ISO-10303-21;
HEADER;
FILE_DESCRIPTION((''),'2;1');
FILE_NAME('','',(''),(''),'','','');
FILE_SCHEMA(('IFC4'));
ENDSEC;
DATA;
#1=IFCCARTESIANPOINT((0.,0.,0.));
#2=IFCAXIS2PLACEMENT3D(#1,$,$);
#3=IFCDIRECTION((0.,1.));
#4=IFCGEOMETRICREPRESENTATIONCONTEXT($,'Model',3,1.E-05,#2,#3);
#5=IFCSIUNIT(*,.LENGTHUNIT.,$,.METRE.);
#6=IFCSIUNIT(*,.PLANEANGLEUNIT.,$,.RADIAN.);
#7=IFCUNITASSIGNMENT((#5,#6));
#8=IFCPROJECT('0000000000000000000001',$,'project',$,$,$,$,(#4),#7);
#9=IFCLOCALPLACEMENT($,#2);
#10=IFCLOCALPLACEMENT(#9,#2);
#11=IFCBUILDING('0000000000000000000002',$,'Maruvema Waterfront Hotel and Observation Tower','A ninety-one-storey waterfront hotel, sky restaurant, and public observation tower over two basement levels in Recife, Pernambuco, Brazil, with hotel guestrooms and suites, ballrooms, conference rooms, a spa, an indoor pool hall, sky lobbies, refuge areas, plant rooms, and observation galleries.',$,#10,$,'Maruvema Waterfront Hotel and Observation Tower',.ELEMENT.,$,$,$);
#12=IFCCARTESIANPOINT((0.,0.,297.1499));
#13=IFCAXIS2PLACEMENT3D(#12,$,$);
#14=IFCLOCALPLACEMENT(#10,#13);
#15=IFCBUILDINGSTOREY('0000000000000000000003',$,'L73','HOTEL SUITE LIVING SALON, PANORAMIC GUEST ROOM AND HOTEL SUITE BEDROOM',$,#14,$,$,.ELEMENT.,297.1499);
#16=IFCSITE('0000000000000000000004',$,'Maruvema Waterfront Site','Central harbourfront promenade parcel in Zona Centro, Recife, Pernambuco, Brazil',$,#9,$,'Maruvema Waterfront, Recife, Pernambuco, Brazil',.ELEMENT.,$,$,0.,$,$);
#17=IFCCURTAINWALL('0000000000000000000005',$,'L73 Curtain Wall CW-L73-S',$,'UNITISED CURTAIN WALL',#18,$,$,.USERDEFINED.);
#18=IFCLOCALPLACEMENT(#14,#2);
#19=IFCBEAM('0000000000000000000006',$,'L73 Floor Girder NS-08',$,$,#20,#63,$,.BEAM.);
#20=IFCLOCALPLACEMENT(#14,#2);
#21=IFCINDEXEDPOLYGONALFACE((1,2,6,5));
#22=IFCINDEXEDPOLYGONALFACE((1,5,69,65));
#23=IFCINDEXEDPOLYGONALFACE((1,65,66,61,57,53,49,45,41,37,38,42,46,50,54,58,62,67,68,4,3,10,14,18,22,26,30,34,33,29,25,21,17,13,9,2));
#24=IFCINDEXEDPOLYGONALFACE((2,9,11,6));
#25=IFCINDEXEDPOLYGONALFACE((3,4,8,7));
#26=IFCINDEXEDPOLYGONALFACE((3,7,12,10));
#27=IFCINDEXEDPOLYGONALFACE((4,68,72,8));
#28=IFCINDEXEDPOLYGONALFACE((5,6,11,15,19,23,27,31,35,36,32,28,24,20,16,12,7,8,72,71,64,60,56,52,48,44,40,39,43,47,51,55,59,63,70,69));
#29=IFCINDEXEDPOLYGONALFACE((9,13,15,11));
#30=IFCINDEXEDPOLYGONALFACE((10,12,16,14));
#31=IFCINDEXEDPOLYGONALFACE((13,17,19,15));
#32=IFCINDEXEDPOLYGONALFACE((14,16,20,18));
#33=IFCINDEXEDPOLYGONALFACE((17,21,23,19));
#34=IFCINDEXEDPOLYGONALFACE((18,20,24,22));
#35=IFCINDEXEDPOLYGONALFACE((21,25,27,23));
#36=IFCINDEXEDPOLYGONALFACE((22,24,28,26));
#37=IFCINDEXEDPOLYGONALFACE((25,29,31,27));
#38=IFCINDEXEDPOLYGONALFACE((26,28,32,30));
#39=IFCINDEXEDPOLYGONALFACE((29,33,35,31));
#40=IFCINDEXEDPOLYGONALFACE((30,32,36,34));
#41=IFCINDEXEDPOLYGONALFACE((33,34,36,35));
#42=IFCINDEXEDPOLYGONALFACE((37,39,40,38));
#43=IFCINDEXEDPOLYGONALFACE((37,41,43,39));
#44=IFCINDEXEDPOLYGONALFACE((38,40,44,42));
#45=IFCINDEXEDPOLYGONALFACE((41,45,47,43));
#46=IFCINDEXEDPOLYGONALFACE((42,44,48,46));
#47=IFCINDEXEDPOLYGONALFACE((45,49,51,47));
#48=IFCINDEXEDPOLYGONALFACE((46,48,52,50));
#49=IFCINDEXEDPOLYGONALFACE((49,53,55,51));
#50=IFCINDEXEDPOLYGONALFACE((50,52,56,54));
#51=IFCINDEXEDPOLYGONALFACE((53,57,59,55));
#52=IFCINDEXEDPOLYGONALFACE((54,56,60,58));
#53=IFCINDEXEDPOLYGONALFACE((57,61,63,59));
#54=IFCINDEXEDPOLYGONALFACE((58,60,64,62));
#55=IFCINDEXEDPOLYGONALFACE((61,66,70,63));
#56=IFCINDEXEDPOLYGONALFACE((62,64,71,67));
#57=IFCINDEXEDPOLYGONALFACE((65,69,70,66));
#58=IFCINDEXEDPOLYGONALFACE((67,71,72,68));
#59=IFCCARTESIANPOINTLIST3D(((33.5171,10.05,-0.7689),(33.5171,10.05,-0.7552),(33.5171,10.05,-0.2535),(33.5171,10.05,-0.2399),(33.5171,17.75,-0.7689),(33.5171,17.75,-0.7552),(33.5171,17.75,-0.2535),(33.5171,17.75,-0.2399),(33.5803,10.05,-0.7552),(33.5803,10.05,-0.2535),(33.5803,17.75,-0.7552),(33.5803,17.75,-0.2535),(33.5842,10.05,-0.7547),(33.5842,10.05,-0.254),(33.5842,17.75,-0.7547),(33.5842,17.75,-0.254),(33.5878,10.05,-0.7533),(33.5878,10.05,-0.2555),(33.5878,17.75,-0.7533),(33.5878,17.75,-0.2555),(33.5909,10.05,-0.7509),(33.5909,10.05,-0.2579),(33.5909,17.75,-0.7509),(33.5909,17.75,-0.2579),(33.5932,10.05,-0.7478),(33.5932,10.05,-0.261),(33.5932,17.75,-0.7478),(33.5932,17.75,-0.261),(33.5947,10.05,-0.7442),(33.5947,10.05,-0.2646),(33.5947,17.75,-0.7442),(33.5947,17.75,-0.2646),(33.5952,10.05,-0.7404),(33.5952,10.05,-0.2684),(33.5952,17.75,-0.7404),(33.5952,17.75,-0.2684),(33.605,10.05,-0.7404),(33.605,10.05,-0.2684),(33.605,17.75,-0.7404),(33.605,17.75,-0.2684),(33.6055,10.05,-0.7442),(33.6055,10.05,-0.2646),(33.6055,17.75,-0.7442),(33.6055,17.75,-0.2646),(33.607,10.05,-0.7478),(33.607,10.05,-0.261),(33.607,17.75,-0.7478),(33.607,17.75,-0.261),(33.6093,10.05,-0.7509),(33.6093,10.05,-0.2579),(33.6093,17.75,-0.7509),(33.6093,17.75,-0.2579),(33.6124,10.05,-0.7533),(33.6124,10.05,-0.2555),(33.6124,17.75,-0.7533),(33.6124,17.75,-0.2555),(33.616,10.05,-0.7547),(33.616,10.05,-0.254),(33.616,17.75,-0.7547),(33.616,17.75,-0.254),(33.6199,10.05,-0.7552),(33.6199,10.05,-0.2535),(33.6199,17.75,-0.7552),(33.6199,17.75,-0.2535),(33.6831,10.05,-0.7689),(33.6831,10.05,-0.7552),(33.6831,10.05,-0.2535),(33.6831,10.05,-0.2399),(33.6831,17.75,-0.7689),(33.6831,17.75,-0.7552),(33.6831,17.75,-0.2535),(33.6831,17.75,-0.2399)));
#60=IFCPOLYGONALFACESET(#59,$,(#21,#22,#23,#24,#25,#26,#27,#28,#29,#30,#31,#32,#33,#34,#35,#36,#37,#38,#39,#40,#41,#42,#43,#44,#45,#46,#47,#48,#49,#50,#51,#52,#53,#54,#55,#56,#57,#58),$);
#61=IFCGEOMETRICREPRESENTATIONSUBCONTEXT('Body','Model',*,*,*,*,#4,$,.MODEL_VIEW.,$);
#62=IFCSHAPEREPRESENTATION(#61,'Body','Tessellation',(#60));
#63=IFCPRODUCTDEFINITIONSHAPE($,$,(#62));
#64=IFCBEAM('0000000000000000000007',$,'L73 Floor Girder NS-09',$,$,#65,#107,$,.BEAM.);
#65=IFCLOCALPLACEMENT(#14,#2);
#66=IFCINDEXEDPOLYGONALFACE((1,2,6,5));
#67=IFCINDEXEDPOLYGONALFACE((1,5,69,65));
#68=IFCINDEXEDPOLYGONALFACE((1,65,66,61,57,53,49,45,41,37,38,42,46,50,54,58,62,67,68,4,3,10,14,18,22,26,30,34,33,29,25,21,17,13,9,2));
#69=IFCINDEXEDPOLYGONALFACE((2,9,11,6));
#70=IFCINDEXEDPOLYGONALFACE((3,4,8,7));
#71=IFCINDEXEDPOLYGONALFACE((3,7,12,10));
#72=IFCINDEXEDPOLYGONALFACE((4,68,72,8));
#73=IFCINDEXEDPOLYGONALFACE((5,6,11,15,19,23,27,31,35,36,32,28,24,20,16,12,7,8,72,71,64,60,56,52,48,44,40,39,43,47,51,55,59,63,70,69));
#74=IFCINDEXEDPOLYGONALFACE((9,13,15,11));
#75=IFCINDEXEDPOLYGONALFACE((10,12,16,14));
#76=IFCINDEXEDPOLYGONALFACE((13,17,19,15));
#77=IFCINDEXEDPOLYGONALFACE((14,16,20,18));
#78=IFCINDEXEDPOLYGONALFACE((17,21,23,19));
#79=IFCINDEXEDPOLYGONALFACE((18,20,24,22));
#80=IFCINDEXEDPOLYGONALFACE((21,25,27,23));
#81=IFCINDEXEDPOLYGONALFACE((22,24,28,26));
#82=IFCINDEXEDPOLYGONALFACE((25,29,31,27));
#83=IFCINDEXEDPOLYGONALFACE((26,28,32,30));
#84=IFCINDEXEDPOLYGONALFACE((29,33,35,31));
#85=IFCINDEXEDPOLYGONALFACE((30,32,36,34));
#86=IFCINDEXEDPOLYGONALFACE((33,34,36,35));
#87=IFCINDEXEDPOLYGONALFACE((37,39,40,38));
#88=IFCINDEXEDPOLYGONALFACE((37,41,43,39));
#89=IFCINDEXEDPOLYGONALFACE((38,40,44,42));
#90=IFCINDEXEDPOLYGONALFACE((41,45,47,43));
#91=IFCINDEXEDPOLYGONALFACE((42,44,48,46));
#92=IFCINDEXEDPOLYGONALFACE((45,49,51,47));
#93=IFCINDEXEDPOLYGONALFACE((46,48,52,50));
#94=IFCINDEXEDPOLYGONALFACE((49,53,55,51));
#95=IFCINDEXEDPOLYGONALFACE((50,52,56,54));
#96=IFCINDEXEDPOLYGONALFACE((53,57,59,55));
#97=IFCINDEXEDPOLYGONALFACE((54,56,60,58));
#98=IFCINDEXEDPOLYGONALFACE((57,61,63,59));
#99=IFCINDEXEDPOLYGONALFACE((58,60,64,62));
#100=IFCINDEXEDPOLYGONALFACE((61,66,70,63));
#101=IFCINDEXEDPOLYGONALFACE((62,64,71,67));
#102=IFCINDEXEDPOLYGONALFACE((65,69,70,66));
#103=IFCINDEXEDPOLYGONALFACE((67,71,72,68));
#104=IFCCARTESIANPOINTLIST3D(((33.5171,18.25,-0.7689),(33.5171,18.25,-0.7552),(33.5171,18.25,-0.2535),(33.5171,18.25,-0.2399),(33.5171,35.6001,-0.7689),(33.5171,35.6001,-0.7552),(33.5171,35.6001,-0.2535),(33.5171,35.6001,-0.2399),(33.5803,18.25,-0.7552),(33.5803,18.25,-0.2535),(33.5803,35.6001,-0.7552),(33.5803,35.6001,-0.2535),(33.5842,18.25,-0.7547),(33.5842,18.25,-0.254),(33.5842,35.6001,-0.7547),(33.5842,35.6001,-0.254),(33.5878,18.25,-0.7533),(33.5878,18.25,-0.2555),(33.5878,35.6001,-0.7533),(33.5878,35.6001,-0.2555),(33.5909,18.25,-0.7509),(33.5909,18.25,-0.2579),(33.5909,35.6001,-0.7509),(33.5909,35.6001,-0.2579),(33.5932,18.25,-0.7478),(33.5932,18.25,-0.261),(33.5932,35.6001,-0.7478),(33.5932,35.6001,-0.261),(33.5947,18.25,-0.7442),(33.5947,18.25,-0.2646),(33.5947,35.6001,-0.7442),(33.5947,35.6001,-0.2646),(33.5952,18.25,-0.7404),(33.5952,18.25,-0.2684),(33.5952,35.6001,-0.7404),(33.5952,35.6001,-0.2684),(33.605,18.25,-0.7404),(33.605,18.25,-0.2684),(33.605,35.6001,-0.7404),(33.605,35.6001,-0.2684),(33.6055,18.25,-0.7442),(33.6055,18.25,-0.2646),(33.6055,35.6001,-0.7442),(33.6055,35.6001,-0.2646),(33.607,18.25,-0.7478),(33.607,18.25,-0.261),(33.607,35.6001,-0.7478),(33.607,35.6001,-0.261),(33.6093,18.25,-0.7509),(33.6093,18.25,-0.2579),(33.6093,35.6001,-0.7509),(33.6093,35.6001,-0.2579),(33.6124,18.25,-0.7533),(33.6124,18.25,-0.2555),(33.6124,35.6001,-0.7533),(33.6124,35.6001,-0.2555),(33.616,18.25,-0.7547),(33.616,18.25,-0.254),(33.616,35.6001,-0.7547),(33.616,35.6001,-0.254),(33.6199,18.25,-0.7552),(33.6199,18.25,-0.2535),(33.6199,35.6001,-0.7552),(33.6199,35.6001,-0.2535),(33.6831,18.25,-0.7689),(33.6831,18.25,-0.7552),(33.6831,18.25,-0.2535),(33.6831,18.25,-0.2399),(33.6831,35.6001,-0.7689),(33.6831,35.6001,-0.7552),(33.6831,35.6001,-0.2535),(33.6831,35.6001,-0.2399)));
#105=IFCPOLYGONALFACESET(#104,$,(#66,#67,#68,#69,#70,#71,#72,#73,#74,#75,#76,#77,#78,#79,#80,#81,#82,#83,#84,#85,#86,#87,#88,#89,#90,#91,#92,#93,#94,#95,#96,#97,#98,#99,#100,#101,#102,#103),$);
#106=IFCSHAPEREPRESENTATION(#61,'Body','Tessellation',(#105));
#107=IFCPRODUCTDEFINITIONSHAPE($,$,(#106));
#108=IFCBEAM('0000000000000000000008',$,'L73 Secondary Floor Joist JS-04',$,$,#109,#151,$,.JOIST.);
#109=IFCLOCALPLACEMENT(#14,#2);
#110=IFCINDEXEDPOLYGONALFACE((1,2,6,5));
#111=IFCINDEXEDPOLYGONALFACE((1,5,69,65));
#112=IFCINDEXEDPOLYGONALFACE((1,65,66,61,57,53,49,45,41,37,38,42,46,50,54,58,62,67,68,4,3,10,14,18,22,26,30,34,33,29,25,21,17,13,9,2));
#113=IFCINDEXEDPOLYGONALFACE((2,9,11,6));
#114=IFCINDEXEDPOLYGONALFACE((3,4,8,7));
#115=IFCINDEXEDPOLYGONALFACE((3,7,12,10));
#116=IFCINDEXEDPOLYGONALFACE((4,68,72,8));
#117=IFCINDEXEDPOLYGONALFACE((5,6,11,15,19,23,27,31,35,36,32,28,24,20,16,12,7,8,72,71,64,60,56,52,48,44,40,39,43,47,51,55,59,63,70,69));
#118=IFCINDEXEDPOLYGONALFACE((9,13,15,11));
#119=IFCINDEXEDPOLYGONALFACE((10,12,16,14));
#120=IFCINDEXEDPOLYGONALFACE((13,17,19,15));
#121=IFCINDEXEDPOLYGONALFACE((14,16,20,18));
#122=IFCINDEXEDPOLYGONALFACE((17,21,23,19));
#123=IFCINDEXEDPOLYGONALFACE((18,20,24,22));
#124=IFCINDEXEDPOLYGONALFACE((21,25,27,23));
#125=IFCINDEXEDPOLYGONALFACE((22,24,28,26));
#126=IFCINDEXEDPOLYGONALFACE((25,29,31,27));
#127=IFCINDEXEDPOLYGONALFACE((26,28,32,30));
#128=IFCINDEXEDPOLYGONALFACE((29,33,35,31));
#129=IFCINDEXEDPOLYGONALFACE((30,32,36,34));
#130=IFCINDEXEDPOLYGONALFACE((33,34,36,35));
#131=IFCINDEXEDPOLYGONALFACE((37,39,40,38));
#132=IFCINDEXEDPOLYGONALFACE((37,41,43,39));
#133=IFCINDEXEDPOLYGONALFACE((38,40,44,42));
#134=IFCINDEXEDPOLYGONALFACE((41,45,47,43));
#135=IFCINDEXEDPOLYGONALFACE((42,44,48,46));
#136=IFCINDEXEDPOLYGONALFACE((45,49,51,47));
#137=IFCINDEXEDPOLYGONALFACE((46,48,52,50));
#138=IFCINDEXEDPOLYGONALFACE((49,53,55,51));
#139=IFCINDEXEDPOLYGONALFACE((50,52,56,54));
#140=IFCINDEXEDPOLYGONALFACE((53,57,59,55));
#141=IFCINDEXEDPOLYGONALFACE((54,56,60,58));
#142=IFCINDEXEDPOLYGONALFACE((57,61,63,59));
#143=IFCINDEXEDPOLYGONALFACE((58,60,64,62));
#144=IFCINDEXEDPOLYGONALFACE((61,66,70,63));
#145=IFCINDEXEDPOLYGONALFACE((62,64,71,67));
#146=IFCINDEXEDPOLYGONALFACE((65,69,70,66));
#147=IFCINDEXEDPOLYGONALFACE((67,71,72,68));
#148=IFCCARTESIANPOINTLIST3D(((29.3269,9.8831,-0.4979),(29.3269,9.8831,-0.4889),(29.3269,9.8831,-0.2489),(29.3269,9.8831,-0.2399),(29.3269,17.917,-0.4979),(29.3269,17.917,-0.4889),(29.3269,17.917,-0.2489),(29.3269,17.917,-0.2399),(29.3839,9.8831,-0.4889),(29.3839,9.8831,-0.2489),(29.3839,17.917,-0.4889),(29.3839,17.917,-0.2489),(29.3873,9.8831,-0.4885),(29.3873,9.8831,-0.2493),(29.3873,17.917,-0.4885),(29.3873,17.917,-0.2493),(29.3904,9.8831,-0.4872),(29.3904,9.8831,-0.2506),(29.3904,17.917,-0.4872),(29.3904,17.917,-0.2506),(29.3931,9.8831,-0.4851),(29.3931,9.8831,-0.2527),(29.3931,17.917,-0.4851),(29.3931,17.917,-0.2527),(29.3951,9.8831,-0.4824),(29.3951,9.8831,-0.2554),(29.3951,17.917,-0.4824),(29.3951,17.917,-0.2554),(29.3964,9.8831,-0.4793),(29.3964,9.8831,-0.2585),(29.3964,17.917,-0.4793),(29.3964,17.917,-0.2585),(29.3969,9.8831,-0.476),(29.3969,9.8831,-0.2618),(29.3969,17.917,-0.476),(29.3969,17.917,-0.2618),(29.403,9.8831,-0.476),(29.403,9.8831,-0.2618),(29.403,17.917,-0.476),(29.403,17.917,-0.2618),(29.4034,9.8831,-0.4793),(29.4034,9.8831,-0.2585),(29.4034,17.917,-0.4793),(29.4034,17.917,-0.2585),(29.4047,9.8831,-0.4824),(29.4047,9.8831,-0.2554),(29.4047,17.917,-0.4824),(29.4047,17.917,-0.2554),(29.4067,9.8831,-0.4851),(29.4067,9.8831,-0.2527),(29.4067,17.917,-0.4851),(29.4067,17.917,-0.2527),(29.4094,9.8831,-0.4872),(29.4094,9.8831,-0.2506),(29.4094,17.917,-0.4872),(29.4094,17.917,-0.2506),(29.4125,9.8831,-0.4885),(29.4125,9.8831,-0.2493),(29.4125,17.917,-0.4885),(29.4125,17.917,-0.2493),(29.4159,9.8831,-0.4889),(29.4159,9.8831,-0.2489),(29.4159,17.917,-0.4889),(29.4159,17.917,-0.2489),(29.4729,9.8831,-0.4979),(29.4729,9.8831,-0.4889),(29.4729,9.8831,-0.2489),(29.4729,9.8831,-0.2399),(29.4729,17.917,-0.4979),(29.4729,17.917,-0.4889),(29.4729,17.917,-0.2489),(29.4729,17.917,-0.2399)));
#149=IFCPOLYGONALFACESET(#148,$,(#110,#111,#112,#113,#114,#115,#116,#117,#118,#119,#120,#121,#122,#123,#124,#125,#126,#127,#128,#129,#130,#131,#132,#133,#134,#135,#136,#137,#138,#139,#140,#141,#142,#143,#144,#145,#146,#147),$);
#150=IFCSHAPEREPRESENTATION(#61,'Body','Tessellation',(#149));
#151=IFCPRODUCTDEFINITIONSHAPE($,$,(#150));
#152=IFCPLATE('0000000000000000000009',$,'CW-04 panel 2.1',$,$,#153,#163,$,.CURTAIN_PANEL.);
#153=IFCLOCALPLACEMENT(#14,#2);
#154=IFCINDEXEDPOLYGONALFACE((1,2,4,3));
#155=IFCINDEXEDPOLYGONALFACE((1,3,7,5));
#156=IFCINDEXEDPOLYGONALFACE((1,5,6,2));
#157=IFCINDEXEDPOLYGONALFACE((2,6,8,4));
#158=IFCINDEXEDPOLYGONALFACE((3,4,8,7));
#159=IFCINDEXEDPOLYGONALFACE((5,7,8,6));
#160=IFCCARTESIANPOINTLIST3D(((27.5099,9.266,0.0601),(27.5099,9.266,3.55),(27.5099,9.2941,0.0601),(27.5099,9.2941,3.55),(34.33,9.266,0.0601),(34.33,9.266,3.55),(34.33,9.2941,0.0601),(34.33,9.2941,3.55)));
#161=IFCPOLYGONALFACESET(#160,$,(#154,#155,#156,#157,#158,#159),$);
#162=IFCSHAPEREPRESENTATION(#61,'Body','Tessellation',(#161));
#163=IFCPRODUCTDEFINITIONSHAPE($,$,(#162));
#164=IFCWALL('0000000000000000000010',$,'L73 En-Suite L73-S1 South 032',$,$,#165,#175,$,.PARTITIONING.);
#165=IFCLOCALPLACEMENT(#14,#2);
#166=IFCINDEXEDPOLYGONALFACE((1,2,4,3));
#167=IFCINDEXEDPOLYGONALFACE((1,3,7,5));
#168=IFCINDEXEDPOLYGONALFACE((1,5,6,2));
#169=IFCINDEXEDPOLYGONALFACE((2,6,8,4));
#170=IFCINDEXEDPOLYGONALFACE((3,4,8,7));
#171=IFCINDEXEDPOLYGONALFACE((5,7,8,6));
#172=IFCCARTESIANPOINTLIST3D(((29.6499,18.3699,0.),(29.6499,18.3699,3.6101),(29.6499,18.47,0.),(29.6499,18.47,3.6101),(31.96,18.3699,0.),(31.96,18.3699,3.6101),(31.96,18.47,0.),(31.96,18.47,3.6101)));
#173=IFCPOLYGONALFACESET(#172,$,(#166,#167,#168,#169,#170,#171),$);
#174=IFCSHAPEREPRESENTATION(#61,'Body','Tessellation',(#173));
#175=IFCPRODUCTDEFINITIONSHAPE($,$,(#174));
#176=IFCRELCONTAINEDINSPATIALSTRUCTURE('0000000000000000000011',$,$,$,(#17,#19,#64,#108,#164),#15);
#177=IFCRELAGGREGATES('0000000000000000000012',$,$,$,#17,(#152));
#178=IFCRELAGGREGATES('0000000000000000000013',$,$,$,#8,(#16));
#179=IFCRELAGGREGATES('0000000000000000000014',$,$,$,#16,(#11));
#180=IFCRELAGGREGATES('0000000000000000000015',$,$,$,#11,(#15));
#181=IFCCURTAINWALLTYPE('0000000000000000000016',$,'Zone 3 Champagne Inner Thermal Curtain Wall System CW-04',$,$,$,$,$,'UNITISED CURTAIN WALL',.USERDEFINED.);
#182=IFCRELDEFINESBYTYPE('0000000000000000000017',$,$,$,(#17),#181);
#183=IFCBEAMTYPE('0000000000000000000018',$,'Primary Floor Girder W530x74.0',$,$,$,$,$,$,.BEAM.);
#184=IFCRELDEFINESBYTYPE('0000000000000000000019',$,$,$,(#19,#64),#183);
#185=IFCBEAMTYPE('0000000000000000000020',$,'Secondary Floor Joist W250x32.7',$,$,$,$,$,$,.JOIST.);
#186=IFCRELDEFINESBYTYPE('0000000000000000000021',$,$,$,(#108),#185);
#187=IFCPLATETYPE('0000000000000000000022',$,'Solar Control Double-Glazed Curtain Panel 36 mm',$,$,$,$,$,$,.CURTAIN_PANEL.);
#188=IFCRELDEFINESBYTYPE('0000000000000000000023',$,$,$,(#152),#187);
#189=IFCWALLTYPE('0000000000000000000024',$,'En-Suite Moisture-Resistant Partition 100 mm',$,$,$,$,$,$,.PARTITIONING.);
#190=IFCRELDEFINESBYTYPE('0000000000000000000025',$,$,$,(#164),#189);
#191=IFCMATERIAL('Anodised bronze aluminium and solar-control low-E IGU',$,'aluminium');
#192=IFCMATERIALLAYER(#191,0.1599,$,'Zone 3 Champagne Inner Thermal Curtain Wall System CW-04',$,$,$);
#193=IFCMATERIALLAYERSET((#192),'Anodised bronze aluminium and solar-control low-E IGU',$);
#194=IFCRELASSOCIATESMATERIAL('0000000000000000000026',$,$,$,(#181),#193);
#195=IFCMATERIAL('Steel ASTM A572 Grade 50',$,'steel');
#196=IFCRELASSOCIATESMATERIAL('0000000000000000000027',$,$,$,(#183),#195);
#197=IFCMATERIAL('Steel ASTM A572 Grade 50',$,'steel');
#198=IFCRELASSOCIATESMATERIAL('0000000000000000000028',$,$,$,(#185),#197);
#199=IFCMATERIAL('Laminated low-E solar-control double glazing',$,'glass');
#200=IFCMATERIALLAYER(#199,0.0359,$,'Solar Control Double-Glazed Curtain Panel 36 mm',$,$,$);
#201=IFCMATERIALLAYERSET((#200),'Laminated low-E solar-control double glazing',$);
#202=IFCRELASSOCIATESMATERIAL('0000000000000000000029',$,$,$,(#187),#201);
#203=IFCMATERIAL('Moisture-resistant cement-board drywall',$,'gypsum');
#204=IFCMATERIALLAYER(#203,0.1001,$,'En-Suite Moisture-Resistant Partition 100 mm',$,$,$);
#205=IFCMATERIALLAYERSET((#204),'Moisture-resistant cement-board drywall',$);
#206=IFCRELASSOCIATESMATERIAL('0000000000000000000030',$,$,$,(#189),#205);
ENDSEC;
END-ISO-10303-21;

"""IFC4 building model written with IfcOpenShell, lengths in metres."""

from ifc_helpers import new_model, si_unit, direction, frame, frame_2d, origin, origin_2d, place, context, subcontext, project, spatial, rectangle, i_section, extrude, material, layer, layer_set, material_profile, profile_set, type_object, element, aggregate, save


model = new_model("IFC4")

# Units and contexts
model_context = context("Model", 3, precision=1e-05, world=origin(), true_north=direction((0.0, 1.0)))
body_context = subcontext(model_context, "Body", "Model", "MODEL_VIEW")
ifc_project = project(units=[si_unit("LENGTHUNIT", "METRE"), si_unit("PLANEANGLEUNIT", "RADIAN")], contexts=[model_context])

# Site, building, storey
site_placement = place(None, origin())
site = spatial("IfcSite", under=ifc_project, at=site_placement, Name="Maruvema Waterfront Site", Description="Central harbourfront promenade parcel in Zona Centro, Recife, Pernambuco, Brazil", LongName="Maruvema Waterfront, Recife, Pernambuco, Brazil", CompositionType="ELEMENT", RefElevation=0.0)
building_placement = place(site_placement, origin())
building = spatial("IfcBuilding", under=site, at=building_placement, Name="Maruvema Waterfront Hotel and Observation Tower", Description="A ninety-one-storey waterfront hotel, sky restaurant, and public observation tower over two basement levels in Recife, Pernambuco, Brazil, with hotel guestrooms and suites, ballrooms, conference rooms, a spa, an indoor pool hall, sky lobbies, refuge areas, plant rooms, and observation galleries.", LongName="Maruvema Waterfront Hotel and Observation Tower", CompositionType="ELEMENT")
storey_placement = place(building_placement, frame((0.0, 0.0, 297.1499)))
storey = spatial("IfcBuildingStorey", under=building, at=storey_placement, Name="L73", Description="HOTEL SUITE LIVING SALON, PANORAMIC GUEST ROOM AND HOTEL SUITE BEDROOM", CompositionType="ELEMENT", Elevation=297.1499)

# Curtain wall
ifc_material_1 = material(Name="Anodised bronze aluminium and solar-control low-E IGU", Category="aluminium")
ifc_layer_1 = layer(ifc_material_1, 0.1599, Name="Zone 3 Champagne Inner Thermal Curtain Wall System CW-04")
ifc_layer_set_1 = layer_set([ifc_layer_1], Name="Anodised bronze aluminium and solar-control low-E IGU")
curtain_wall_type = type_object("IfcCurtainWallType", Name="Zone 3 Champagne Inner Thermal Curtain Wall System CW-04", ElementType="UNITISED CURTAIN WALL", PredefinedType="USERDEFINED", material=ifc_layer_set_1)
curtain_wall_placement = place(storey_placement, origin())
curtain_wall = element("IfcCurtainWall", 1, at=curtain_wall_placement, inside=storey, type_object=curtain_wall_type, Name="L73 Curtain Wall CW-L73-S", ObjectType="UNITISED CURTAIN WALL", PredefinedType="USERDEFINED")

# Beams
ifc_material_2 = material(Name="Steel ASTM A572 Grade 50", Category="steel")
ifc_material_profile_1 = material_profile(ifc_material_2, i_section(OverallWidth=0.166, OverallDepth=0.5291, WebThickness=0.0098, FlangeThickness=0.0137, FilletRadius=0.0149, at=origin_2d()), Name="W530x74.0")
ifc_profile_set_1 = profile_set([ifc_material_profile_1], Name="Steel ASTM A572 Grade 50")
beam_type_1 = type_object("IfcBeamType", Name="Primary Floor Girder W530x74.0", PredefinedType="BEAM", material=ifc_profile_set_1)
beam_1_placement = place(storey_placement, frame((33.6001, 10.05, -0.5044), z_axis=(0.0, 1.0, 0.0), x_axis=(-1.0, 0.0, 0.0)))
element("IfcBeam", 2, at=beam_1_placement, inside=storey, type_object=beam_type_1, Name="L73 Floor Girder NS-08", PredefinedType="BEAM", context=body_context, shape_type="SweptSolid", body=[
    extrude(i_section(OverallWidth=0.166, OverallDepth=0.5291, WebThickness=0.0098, FlangeThickness=0.0137, FilletRadius=0.0149, at=origin_2d()), origin(), (0.0, 0.0, 1.0), 7.7),
])
beam_2_placement = place(storey_placement, frame((33.6001, 18.25, -0.5044), z_axis=(0.0, 1.0, 0.0), x_axis=(-1.0, 0.0, 0.0)))
element("IfcBeam", 3, at=beam_2_placement, inside=storey, type_object=beam_type_1, Name="L73 Floor Girder NS-09", PredefinedType="BEAM", context=body_context, shape_type="SweptSolid", body=[
    extrude(i_section(OverallWidth=0.166, OverallDepth=0.5291, WebThickness=0.0098, FlangeThickness=0.0137, FilletRadius=0.0149, at=origin_2d()), origin(), (0.0, 0.0, 1.0), 17.3501),
])
ifc_material_3 = material(Name="Steel ASTM A572 Grade 50", Category="steel")
ifc_material_profile_2 = material_profile(ifc_material_3, i_section(OverallWidth=0.146, OverallDepth=0.2581, WebThickness=0.0061, FlangeThickness=0.009, FilletRadius=0.0129, at=origin_2d()), Name="W250x32.7")
ifc_profile_set_2 = profile_set([ifc_material_profile_2], Name="Steel ASTM A572 Grade 50")
beam_type_2 = type_object("IfcBeamType", Name="Secondary Floor Joist W250x32.7", PredefinedType="JOIST", material=ifc_profile_set_2)
beam_3_placement = place(storey_placement, frame((29.3999, 9.8831, -0.3689), z_axis=(0.0, 1.0, 0.0), x_axis=(-1.0, 0.0, 0.0)))
element("IfcBeam", 4, at=beam_3_placement, inside=storey, type_object=beam_type_2, Name="L73 Secondary Floor Joist JS-04", PredefinedType="JOIST", context=body_context, shape_type="SweptSolid", body=[
    extrude(i_section(OverallWidth=0.146, OverallDepth=0.2581, WebThickness=0.0061, FlangeThickness=0.009, FilletRadius=0.0129, at=origin_2d()), origin(), (0.0, 0.0, 1.0), 8.0339),
])

# Plate
ifc_material_4 = material(Name="Laminated low-E solar-control double glazing", Category="glass")
ifc_layer_2 = layer(ifc_material_4, 0.0359, Name="Solar Control Double-Glazed Curtain Panel 36 mm")
ifc_layer_set_2 = layer_set([ifc_layer_2], Name="Laminated low-E solar-control double glazing")
plate_type = type_object("IfcPlateType", Name="Solar Control Double-Glazed Curtain Panel 36 mm", PredefinedType="CURTAIN_PANEL", material=ifc_layer_set_2)
plate_placement = place(storey_placement, frame((30.9199, 9.28, 0.0601), z_axis=(0.0, 0.0, 1.0), x_axis=(1.0, 0.0, 0.0)))
plate = element("IfcPlate", 5, at=plate_placement, type_object=plate_type, Name="CW-04 panel 2.1", PredefinedType="CURTAIN_PANEL", context=body_context, shape_type="SweptSolid", body=[
    extrude(rectangle(XDim=6.8201, YDim=0.0281, at=origin_2d()), origin(), (0.0, 0.0, 1.0), 3.49),
])
aggregate(curtain_wall, [plate])

# Wall
ifc_material_5 = material(Name="Moisture-resistant cement-board drywall", Category="gypsum")
ifc_layer_3 = layer(ifc_material_5, 0.1001, Name="En-Suite Moisture-Resistant Partition 100 mm")
ifc_layer_set_3 = layer_set([ifc_layer_3], Name="Moisture-resistant cement-board drywall")
wall_type_1 = type_object("IfcWallType", Name="En-Suite Moisture-Resistant Partition 100 mm", PredefinedType="PARTITIONING", material=ifc_layer_set_3)
wall_1_placement = place(storey_placement, frame((29.6499, 18.4199, 0.0), z_axis=(0.0, 0.0, 1.0), x_axis=(1.0, 0.0, 0.0)))
element("IfcWall", 6, at=wall_1_placement, inside=storey, type_object=wall_type_1, Name="L73 En-Suite L73-S1 South 032", PredefinedType="PARTITIONING", context=body_context, shape_type="SweptSolid", body=[
    extrude(rectangle(XDim=2.3101, YDim=0.1001, at=frame_2d((1.155, 0.0))), origin(), (0.0, 0.0, 1.0), 3.6101),
])

save(model, "model.ifc")
